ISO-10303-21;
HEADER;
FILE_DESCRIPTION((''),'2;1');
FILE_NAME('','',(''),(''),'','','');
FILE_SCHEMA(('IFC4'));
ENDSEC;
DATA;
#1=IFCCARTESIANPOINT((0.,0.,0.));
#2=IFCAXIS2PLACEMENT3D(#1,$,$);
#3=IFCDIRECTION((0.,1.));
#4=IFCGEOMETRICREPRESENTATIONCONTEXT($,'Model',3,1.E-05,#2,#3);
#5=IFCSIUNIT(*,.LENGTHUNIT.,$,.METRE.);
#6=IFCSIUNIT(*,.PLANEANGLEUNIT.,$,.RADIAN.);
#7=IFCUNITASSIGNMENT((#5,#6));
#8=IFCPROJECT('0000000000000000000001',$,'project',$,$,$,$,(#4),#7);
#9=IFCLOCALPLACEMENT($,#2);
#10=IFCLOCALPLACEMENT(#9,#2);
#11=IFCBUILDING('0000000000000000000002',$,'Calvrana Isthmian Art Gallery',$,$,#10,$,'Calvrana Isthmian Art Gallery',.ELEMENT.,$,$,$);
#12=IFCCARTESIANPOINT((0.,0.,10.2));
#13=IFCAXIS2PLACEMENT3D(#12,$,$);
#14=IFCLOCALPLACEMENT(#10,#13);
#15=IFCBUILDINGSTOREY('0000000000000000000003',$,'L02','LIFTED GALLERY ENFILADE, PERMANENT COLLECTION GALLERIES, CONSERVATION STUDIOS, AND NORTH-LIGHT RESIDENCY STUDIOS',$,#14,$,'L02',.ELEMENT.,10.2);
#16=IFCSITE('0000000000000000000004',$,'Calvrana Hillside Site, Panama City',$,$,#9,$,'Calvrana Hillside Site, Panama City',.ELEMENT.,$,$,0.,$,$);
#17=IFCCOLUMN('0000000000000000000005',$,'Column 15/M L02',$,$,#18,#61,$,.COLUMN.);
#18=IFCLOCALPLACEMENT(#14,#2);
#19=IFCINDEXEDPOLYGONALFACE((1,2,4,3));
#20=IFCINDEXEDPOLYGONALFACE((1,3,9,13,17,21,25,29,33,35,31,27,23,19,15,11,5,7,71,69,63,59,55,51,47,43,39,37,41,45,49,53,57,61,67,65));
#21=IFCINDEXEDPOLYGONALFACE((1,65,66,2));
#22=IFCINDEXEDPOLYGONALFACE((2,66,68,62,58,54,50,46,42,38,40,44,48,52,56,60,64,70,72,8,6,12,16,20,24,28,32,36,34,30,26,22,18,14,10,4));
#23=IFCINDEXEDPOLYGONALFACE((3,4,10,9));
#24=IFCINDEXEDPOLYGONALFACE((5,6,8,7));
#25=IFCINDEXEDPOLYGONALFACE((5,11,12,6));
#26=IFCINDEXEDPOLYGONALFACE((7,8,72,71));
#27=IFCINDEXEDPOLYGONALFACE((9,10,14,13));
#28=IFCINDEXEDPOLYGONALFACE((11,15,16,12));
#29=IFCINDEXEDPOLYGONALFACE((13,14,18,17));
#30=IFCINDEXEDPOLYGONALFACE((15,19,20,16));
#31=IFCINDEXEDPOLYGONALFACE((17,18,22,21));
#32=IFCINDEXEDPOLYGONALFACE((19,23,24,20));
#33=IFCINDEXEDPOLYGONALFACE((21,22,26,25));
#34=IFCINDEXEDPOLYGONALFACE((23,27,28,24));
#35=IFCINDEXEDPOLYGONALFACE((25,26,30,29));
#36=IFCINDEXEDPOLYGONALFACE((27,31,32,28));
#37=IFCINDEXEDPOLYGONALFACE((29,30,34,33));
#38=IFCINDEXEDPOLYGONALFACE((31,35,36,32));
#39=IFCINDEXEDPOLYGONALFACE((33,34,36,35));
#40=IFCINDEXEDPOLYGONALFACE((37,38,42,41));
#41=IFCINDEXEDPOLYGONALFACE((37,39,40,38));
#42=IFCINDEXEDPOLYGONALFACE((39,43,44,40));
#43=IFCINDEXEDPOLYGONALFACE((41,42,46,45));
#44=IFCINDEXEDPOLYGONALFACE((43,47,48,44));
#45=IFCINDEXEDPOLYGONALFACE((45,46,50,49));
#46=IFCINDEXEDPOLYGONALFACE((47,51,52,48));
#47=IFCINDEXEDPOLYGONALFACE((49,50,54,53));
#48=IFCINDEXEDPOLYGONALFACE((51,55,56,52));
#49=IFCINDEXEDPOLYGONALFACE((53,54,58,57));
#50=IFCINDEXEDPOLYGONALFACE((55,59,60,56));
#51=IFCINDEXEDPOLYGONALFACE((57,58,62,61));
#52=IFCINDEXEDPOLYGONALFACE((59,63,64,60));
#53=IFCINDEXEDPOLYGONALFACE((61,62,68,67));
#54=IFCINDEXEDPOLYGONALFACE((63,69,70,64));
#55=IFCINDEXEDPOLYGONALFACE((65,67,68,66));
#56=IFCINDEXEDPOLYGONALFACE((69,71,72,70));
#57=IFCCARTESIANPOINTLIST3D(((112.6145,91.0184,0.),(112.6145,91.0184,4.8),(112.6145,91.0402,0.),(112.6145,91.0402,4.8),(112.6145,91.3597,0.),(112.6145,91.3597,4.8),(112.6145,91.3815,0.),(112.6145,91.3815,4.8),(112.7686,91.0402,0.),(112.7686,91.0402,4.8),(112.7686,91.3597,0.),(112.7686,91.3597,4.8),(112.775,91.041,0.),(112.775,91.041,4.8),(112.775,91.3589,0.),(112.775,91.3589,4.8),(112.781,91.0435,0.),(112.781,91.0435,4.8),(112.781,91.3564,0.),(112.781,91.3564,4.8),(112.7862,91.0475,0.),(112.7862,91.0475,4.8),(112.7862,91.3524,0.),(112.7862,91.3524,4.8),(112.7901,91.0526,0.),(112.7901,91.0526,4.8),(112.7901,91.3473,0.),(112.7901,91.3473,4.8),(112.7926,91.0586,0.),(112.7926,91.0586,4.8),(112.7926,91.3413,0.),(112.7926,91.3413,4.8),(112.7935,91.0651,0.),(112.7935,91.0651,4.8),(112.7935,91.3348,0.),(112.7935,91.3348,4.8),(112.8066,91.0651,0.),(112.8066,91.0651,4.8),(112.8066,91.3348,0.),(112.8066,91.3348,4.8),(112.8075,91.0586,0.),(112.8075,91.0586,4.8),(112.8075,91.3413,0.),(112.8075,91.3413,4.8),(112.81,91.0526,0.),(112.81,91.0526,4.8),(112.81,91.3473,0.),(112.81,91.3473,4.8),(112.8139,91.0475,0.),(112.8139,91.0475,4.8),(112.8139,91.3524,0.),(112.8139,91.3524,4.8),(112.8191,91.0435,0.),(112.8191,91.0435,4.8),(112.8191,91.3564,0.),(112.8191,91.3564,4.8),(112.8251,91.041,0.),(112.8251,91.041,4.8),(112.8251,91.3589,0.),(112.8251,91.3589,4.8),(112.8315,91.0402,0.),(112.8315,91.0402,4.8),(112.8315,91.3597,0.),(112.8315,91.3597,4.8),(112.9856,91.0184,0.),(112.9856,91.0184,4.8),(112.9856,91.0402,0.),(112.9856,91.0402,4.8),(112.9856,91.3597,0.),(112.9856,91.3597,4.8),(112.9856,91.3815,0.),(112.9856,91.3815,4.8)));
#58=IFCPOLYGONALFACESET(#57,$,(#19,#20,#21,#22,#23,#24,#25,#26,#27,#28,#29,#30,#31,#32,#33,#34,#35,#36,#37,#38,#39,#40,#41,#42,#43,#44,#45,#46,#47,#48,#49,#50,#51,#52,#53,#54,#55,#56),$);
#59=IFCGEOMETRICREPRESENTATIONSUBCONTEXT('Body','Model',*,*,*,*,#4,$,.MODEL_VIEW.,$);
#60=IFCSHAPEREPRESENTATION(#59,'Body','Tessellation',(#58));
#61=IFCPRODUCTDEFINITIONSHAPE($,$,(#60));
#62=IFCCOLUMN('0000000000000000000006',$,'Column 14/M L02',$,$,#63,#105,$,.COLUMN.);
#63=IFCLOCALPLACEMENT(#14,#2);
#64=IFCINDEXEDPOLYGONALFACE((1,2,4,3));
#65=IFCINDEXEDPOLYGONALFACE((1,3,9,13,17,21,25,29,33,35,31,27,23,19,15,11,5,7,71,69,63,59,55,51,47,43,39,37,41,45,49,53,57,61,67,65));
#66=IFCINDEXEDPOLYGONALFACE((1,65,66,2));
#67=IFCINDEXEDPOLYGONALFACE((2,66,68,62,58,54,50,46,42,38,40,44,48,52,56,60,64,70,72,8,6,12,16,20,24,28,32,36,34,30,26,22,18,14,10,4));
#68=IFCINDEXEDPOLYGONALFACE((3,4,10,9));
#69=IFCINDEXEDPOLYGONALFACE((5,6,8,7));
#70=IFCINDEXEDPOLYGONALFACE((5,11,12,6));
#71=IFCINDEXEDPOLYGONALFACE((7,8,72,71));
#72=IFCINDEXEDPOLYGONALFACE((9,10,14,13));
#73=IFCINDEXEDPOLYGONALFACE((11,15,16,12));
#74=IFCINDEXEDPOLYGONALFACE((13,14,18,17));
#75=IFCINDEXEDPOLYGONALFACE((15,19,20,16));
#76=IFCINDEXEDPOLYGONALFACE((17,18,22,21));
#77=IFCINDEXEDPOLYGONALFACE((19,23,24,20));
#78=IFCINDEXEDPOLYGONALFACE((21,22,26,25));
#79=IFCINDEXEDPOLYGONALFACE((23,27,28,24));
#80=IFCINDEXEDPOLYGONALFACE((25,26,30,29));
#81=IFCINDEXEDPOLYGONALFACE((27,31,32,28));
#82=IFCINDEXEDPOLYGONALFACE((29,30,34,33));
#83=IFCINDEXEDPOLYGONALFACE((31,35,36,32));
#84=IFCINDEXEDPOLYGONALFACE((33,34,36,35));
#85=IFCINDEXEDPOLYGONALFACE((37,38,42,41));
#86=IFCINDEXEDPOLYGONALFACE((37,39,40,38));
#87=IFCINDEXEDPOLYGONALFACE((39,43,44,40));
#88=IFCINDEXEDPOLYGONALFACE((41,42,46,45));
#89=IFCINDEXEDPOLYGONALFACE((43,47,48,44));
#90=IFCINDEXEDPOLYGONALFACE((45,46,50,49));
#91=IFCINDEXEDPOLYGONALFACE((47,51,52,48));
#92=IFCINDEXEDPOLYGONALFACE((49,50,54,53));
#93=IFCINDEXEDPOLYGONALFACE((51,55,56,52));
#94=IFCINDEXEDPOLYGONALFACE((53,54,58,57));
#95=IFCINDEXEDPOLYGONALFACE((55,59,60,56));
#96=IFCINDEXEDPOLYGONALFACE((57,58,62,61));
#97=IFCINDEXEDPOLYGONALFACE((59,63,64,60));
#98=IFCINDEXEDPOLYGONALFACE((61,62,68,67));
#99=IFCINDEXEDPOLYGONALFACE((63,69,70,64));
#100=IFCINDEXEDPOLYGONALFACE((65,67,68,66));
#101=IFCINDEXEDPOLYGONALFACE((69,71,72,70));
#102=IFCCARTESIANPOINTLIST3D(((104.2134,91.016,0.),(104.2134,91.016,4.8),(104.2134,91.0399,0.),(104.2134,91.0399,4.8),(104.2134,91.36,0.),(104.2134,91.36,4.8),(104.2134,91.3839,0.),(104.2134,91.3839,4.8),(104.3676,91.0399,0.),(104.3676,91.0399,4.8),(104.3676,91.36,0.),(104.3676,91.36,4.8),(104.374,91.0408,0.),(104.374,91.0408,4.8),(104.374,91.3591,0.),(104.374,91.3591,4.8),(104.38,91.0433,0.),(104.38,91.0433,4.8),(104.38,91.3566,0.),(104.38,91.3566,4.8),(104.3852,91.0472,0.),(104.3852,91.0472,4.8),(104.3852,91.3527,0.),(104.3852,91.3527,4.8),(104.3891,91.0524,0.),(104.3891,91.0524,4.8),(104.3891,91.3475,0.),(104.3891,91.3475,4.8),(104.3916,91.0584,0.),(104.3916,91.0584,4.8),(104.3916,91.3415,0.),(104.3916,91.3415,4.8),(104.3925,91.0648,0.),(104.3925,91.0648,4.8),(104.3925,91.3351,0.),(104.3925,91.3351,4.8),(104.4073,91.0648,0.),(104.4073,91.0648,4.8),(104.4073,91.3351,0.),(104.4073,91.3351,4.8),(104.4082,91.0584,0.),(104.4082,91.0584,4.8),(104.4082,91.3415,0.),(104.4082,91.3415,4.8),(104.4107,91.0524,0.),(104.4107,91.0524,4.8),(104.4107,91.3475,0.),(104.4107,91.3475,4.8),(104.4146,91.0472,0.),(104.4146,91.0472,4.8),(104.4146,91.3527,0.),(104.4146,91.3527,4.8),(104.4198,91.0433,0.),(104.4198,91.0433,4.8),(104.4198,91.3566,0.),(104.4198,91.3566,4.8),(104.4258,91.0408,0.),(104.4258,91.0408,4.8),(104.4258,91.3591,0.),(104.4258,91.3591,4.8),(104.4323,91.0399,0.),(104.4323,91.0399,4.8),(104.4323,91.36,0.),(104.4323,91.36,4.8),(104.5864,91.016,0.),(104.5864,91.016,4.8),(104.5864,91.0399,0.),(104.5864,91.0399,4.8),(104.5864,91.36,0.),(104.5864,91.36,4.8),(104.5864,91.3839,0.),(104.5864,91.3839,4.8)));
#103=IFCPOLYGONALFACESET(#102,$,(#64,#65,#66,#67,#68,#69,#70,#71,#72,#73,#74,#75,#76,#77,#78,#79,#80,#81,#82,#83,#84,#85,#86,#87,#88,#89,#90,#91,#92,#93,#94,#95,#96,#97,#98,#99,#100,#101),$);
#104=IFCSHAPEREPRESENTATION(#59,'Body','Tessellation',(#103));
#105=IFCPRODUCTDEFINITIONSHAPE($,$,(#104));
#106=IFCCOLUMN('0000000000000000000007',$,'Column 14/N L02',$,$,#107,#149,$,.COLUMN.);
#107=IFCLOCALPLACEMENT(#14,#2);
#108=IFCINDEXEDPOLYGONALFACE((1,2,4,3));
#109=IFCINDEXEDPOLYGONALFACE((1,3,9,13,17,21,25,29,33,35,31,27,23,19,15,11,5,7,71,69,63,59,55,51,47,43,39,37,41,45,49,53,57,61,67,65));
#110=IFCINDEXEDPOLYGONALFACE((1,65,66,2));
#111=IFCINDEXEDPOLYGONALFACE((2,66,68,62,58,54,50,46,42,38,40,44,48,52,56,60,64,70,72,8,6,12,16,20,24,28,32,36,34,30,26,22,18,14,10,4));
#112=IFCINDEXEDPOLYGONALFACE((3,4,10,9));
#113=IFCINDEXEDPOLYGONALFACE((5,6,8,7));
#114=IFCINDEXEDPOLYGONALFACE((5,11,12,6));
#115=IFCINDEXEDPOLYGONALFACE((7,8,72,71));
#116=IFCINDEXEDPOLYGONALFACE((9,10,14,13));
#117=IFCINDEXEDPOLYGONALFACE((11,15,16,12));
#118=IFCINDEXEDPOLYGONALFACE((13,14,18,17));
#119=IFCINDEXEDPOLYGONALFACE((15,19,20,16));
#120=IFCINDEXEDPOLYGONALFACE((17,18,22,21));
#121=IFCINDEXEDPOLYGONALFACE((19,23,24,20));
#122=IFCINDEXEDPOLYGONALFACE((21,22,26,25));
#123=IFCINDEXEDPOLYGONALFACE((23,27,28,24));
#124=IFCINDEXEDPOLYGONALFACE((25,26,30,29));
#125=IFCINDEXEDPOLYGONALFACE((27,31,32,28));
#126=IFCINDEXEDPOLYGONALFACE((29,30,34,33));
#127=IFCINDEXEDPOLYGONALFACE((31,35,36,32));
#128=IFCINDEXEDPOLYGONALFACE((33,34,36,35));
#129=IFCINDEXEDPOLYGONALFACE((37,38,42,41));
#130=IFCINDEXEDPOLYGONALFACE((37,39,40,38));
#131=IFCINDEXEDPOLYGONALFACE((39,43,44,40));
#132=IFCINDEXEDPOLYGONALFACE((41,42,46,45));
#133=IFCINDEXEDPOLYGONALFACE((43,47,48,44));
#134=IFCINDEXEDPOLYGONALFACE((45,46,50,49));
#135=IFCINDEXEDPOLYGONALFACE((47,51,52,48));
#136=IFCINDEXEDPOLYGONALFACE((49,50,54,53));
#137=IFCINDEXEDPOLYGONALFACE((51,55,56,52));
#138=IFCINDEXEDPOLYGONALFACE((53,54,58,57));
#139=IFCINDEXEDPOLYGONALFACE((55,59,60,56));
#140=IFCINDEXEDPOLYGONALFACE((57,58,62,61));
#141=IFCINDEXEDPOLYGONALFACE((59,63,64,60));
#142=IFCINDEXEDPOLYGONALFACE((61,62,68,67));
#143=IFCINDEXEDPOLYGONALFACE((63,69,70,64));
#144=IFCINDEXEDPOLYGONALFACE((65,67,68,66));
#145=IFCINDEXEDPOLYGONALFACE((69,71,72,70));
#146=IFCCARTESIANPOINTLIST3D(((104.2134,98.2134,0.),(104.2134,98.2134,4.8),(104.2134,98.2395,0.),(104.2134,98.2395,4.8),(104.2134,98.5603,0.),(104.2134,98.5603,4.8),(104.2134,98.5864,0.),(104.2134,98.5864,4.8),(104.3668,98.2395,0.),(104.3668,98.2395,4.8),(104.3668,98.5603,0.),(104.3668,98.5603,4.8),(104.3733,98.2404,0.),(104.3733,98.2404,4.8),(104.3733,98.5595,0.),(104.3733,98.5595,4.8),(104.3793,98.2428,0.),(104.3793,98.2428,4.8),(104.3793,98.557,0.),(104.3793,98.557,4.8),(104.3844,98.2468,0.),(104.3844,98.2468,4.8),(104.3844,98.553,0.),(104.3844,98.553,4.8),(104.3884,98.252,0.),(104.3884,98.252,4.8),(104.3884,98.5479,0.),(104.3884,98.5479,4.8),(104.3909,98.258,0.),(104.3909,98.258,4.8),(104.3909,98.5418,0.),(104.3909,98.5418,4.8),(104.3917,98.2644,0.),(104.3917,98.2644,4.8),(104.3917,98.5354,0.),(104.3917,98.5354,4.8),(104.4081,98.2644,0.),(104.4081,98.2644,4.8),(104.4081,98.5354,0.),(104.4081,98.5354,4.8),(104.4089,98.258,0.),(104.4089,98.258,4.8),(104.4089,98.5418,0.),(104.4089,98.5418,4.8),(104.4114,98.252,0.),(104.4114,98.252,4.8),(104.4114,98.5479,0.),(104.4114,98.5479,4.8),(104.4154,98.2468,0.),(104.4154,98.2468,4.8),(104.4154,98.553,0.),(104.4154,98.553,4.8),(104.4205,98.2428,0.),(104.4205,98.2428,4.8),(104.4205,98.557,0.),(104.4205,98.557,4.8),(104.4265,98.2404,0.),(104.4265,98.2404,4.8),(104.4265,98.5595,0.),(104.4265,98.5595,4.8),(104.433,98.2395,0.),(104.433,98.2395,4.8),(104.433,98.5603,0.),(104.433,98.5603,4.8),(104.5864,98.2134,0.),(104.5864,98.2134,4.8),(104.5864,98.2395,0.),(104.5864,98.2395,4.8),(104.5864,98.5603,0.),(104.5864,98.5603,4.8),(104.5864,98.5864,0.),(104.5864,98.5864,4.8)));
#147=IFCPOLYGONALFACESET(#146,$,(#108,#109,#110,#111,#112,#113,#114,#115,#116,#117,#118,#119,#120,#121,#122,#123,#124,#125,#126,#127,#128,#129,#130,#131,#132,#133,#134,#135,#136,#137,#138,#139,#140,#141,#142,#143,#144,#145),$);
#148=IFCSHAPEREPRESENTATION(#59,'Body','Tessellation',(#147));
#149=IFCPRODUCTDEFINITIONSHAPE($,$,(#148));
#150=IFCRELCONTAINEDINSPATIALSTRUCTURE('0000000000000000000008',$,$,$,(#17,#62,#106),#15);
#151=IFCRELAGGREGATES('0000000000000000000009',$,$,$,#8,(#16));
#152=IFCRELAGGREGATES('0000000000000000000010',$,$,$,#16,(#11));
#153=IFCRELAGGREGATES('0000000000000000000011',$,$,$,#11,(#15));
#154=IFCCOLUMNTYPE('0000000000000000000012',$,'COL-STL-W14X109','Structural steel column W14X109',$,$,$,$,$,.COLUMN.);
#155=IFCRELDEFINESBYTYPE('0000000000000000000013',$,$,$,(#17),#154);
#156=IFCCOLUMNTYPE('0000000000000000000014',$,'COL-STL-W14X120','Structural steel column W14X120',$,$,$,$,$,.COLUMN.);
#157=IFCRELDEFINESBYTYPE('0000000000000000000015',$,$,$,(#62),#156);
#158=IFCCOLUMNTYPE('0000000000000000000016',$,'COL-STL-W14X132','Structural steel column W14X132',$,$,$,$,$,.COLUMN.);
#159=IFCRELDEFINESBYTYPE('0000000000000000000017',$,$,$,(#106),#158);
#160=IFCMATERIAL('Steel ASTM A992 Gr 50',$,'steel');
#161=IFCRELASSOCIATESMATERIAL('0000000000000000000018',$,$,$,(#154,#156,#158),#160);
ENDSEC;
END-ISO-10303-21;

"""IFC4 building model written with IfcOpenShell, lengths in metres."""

from ifc_helpers import new_model, si_unit, direction, frame, origin, origin_2d, place, context, subcontext, project, spatial, i_section, extrude, material, material_profile, profile_set, type_object, element, save


model = new_model("IFC4")

# Units and contexts
model_context = context("Model", 3, precision=1e-05, world=origin(), true_north=direction((0.0, 1.0)))
body_context = subcontext(model_context, "Body", "Model", "MODEL_VIEW")
ifc_project = project(units=[si_unit("LENGTHUNIT", "METRE"), si_unit("PLANEANGLEUNIT", "RADIAN")], contexts=[model_context])

# Site, building, storey
site_placement = place(None, origin())
site = spatial("IfcSite", under=ifc_project, at=site_placement, Name="Calvrana Hillside Site, Panama City", LongName="Calvrana Hillside Site, Panama City", CompositionType="ELEMENT", RefElevation=0.0)
building_placement = place(site_placement, origin())
building = spatial("IfcBuilding", under=site, at=building_placement, Name="Calvrana Isthmian Art Gallery", LongName="Calvrana Isthmian Art Gallery", CompositionType="ELEMENT")
storey_placement = place(building_placement, frame((0.0, 0.0, 10.2)))
storey = spatial("IfcBuildingStorey", under=building, at=storey_placement, Name="L02", Description="LIFTED GALLERY ENFILADE, PERMANENT COLLECTION GALLERIES, CONSERVATION STUDIOS, AND NORTH-LIGHT RESIDENCY STUDIOS", LongName="L02", CompositionType="ELEMENT", Elevation=10.2)

# Columns
ifc_material_1 = material(Name="Steel ASTM A992 Gr 50", Category="steel")
ifc_material_profile_1 = material_profile(ifc_material_1, i_section(OverallWidth=0.3711, OverallDepth=0.363, WebThickness=0.0132, FlangeThickness=0.0217, FilletRadius=0.0249, at=origin_2d()), Name="W14X109")
ifc_profile_set_1 = profile_set([ifc_material_profile_1], Name="Steel ASTM A992 Gr 50")
column_type_1 = type_object("IfcColumnType", Name="COL-STL-W14X109", Description="Structural steel column W14X109", PredefinedType="COLUMN", material=ifc_profile_set_1)
column_1_placement = place(storey_placement, frame((112.8, 91.2, 0.0), z_axis=(0.0, 0.0, 1.0), x_axis=(1.0, 0.0, 0.0)))
element("IfcColumn", 1, at=column_1_placement, inside=storey, type_object=column_type_1, Name="Column 15/M L02", PredefinedType="COLUMN", context=body_context, shape_type="SweptSolid", body=[
    extrude(i_section(OverallWidth=0.3711, OverallDepth=0.363, WebThickness=0.0132, FlangeThickness=0.0217, FilletRadius=0.0249, at=origin_2d()), origin(), (0.0, 0.0, 1.0), 4.8),
])
ifc_material_profile_2 = material_profile(ifc_material_1, i_section(OverallWidth=0.373, OverallDepth=0.3679, WebThickness=0.0149, FlangeThickness=0.0239, FilletRadius=0.0249, at=origin_2d()), Name="W14X120")
ifc_profile_set_2 = profile_set([ifc_material_profile_2], Name="Steel ASTM A992 Gr 50")
column_type_2 = type_object("IfcColumnType", Name="COL-STL-W14X120", Description="Structural steel column W14X120", PredefinedType="COLUMN", material=ifc_profile_set_2)
column_2_placement = place(storey_placement, frame((104.3999, 91.2, 0.0), z_axis=(0.0, 0.0, 1.0), x_axis=(1.0, 0.0, 0.0)))
element("IfcColumn", 2, at=column_2_placement, inside=storey, type_object=column_type_2, Name="Column 14/M L02", PredefinedType="COLUMN", context=body_context, shape_type="SweptSolid", body=[
    extrude(i_section(OverallWidth=0.373, OverallDepth=0.3679, WebThickness=0.0149, FlangeThickness=0.0239, FilletRadius=0.0249, at=origin_2d()), origin(), (0.0, 0.0, 1.0), 4.8),
])
ifc_material_profile_3 = material_profile(ifc_material_1, i_section(OverallWidth=0.373, OverallDepth=0.373, WebThickness=0.0164, FlangeThickness=0.0261, FilletRadius=0.0249, at=origin_2d()), Name="W14X132")
ifc_profile_set_3 = profile_set([ifc_material_profile_3], Name="Steel ASTM A992 Gr 50")
column_type_3 = type_object("IfcColumnType", Name="COL-STL-W14X132", Description="Structural steel column W14X132", PredefinedType="COLUMN", material=ifc_profile_set_3)
column_3_placement = place(storey_placement, frame((104.3999, 98.3999, 0.0), z_axis=(0.0, 0.0, 1.0), x_axis=(1.0, 0.0, 0.0)))
element("IfcColumn", 3, at=column_3_placement, inside=storey, type_object=column_type_3, Name="Column 14/N L02", PredefinedType="COLUMN", context=body_context, shape_type="SweptSolid", body=[
    extrude(i_section(OverallWidth=0.373, OverallDepth=0.373, WebThickness=0.0164, FlangeThickness=0.0261, FilletRadius=0.0249, at=origin_2d()), origin(), (0.0, 0.0, 1.0), 4.8),
])

save(model, "model.ifc")
